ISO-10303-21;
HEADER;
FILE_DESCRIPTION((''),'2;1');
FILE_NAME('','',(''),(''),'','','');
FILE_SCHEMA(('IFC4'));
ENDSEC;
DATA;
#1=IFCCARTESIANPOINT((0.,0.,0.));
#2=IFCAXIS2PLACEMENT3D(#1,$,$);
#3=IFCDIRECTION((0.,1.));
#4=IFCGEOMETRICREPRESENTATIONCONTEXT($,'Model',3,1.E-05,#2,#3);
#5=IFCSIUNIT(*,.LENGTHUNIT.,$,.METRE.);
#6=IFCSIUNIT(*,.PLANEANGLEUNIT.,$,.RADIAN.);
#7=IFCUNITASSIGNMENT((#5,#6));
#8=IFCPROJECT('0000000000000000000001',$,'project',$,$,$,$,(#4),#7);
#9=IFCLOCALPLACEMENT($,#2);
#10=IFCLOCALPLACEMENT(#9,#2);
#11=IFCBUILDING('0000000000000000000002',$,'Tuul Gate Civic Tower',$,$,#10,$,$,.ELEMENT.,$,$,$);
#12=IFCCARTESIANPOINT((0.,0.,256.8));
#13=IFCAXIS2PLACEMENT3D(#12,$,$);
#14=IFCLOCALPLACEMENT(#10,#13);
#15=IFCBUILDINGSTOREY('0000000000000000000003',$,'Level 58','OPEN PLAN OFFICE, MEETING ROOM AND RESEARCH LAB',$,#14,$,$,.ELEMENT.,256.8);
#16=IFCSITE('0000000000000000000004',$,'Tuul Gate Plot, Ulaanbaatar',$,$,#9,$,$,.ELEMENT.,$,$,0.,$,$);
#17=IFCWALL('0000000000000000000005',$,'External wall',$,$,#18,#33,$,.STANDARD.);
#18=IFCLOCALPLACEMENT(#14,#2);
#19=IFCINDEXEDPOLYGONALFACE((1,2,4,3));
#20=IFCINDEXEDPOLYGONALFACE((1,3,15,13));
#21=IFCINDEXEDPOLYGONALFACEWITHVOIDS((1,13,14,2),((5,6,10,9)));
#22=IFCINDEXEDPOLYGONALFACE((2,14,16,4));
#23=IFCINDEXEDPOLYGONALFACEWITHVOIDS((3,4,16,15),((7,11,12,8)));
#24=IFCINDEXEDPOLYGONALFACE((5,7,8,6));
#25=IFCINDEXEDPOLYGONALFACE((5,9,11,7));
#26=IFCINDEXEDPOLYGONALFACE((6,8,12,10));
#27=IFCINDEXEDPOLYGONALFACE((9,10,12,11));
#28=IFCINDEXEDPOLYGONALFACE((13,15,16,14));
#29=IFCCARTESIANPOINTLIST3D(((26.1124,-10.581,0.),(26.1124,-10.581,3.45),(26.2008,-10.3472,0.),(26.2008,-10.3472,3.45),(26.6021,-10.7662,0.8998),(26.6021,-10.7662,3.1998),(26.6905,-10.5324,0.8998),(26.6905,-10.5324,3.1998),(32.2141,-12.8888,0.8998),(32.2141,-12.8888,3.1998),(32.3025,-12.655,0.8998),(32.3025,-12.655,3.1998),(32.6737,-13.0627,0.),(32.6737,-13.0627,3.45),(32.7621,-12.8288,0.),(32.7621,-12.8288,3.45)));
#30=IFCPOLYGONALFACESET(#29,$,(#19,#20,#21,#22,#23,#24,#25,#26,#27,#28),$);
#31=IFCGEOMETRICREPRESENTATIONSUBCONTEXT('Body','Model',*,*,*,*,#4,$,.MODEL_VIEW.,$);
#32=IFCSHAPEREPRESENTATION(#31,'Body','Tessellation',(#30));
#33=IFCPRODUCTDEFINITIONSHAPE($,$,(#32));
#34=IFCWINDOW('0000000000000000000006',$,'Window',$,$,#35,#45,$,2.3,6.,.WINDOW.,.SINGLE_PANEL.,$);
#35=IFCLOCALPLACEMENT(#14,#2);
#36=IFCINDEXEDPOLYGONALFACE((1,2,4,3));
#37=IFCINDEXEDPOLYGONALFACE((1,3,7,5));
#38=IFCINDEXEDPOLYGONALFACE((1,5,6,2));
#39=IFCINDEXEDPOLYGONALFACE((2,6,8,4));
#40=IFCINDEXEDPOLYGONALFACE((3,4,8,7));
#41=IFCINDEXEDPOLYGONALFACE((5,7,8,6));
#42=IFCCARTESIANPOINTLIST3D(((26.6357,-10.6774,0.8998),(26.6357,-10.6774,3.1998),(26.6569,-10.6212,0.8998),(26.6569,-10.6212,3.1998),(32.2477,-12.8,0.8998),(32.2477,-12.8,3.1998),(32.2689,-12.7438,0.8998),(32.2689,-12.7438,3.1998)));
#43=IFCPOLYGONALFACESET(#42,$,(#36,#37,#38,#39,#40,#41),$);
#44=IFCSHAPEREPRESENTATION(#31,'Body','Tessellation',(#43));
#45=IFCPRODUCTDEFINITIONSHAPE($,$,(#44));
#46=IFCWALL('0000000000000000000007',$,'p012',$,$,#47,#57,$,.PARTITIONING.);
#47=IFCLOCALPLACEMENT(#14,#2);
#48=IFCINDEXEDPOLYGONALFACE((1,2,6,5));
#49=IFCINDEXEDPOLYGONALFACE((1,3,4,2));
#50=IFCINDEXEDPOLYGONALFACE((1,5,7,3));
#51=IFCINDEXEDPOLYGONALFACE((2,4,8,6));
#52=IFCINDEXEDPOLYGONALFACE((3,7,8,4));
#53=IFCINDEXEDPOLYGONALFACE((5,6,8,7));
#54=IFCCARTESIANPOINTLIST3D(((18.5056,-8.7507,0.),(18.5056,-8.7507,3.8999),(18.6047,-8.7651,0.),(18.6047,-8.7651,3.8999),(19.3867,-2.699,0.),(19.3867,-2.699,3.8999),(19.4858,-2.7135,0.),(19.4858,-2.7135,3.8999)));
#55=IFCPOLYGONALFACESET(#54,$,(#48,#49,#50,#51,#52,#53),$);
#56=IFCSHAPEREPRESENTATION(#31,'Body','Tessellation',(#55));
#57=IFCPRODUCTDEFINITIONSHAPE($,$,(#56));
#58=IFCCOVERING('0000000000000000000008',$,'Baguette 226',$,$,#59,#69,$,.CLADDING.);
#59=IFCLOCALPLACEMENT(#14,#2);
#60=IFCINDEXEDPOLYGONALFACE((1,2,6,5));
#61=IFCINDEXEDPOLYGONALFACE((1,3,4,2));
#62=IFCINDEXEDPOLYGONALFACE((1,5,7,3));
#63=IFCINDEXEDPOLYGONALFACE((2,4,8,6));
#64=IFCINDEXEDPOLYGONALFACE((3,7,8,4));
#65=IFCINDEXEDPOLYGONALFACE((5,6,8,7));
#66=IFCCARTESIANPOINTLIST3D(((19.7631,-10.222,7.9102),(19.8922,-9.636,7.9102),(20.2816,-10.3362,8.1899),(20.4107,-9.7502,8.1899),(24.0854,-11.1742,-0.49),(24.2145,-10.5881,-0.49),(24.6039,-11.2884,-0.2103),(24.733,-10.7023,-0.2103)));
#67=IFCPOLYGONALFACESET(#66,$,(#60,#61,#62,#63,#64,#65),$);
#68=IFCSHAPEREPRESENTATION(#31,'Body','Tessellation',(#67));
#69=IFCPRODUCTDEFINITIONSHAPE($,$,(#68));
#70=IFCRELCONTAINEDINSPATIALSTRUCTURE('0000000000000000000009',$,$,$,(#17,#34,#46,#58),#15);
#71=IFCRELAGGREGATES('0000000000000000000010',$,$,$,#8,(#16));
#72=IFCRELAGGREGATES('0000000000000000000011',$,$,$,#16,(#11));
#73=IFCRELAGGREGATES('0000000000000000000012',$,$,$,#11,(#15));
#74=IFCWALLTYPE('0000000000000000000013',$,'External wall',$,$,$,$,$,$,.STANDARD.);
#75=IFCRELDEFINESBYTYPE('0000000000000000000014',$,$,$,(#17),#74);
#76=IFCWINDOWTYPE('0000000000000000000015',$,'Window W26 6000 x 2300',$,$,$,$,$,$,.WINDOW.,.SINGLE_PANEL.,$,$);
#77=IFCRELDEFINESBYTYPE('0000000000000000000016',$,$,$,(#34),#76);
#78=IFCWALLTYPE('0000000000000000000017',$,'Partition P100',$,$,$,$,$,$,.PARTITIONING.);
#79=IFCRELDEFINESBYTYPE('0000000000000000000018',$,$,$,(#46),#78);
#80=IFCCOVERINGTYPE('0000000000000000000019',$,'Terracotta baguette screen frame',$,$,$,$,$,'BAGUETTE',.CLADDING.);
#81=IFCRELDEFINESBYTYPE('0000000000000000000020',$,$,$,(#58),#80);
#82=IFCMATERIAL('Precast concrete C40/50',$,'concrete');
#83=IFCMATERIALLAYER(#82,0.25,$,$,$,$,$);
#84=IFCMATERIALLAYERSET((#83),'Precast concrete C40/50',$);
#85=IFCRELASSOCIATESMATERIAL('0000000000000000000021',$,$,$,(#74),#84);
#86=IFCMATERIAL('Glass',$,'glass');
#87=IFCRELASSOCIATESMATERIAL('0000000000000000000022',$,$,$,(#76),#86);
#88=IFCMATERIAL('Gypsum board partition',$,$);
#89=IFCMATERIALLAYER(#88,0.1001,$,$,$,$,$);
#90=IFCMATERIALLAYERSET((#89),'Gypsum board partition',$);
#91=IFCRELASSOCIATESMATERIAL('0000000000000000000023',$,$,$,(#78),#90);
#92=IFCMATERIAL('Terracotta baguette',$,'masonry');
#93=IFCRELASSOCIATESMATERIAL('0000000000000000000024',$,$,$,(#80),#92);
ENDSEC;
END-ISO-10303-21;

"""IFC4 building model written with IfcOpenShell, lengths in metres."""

from ifc_helpers import new_model, si_unit, direction, frame, frame_2d, origin, origin_2d, place, context, subcontext, project, spatial, rectangle, extrude, material, layer, layer_set, material_profile, profile_set, type_object, element, fill, save


model = new_model("IFC4")

# Units and contexts
model_context = context("Model", 3, precision=1e-05, world=origin(), true_north=direction((0.0, 1.0)))
body_context = subcontext(model_context, "Body", "Model", "MODEL_VIEW")
ifc_project = project(units=[si_unit("LENGTHUNIT", "METRE"), si_unit("PLANEANGLEUNIT", "RADIAN")], contexts=[model_context])

# Site, building, storey
site_placement = place(None, origin())
site = spatial("IfcSite", under=ifc_project, at=site_placement, Name="Tuul Gate Plot, Ulaanbaatar", CompositionType="ELEMENT", RefElevation=0.0)
building_placement = place(site_placement, origin())
building = spatial("IfcBuilding", under=site, at=building_placement, Name="Tuul Gate Civic Tower", CompositionType="ELEMENT")
storey_placement = place(building_placement, frame((0.0, 0.0, 256.8)))
storey = spatial("IfcBuildingStorey", under=building, at=storey_placement, Name="Level 58", Description="OPEN PLAN OFFICE, MEETING ROOM AND RESEARCH LAB", CompositionType="ELEMENT", Elevation=256.8)

# Wall, opening, window
ifc_material_1 = material(Name="Precast concrete C40/50", Category="concrete")
ifc_layer_1 = layer(ifc_material_1, 0.25)
ifc_layer_set_1 = layer_set([ifc_layer_1], Name="Precast concrete C40/50")
wall_type_1 = type_object("IfcWallType", Name="External wall", PredefinedType="STANDARD", material=ifc_layer_set_1)
ifc_material_2 = material(Name="Glass", Category="glass")
window_type = type_object("IfcWindowType", Name="Window W26 6000 x 2300", PartitioningType="SINGLE_PANEL", PredefinedType="WINDOW", material=ifc_material_2)
wall_1_placement = place(storey_placement, frame((26.1567, -10.4641, 0.0), z_axis=(0.0, 0.0, 1.0), x_axis=(0.935331, -0.353773, 0.0)))
wall_1 = element("IfcWall", 1, at=wall_1_placement, inside=storey, type_object=wall_type_1, Name="External wall", PredefinedType="STANDARD", context=body_context, shape_type="SweptSolid", body=[
    extrude(rectangle(XDim=7.0149, YDim=0.25, at=frame_2d((3.5073, 0.0))), origin(), (0.0, 0.0, 1.0), 3.45),
])
opening_1_placement = place(wall_1_placement, frame((0.5234, 0.0, 0.8999)))
opening_1 = element("IfcOpeningElement", 2, at=opening_1_placement, cuts=wall_1, PredefinedType="OPENING", context=body_context, shape_type="SweptSolid", body=[
    extrude(rectangle(XDim=6.0, YDim=2.3, at=frame_2d((3.0, 1.1499))), frame((0.0, 0.135, 0.0), z_axis=(0.0, -1.0, 0.0), x_axis=(1.0, 0.0, 0.0)), (0.0, 0.0, 1.0), 0.27),
])
window_1_placement = place(opening_1_placement, origin())
window_1 = element("IfcWindow", 3, at=window_1_placement, inside=storey, type_object=window_type, Name="Window", OverallHeight=2.3, OverallWidth=6.0, PartitioningType="SINGLE_PANEL", PredefinedType="WINDOW", context=body_context, shape_type="SweptSolid", body=[
    extrude(rectangle(XDim=6.0, YDim=2.3, at=frame_2d((3.0, 1.1499))), frame((0.0, 0.03, 0.0), z_axis=(0.0, -1.0, 0.0), x_axis=(1.0, 0.0, 0.0)), (0.0, 0.0, 1.0), 0.0601),
])
fill(opening_1, window_1)

# Wall
ifc_material_3 = material(Name="Gypsum board partition")
ifc_layer_2 = layer(ifc_material_3, 0.1001)
ifc_layer_set_2 = layer_set([ifc_layer_2], Name="Gypsum board partition")
wall_type_2 = type_object("IfcWallType", Name="Partition P100", PredefinedType="PARTITIONING", material=ifc_layer_set_2)
wall_2_placement = place(storey_placement, frame((18.5552, -8.7578, 0.0), z_axis=(0.0, 0.0, 1.0), x_axis=(0.144076, 0.989567, 0.0)))
element("IfcWall", 4, at=wall_2_placement, inside=storey, type_object=wall_type_2, Name="p012", PredefinedType="PARTITIONING", context=body_context, shape_type="SweptSolid", body=[
    extrude(rectangle(XDim=6.1155, YDim=0.1001, at=frame_2d((3.0576, 0.0))), origin(), (0.0, 0.0, 1.0), 3.8999),
])

# Covering
ifc_material_4 = material(Name="Terracotta baguette", Category="masonry")
ifc_material_profile_1 = material_profile(ifc_material_4, rectangle(XDim=0.6001, YDim=0.6001, at=origin_2d()), Name="Terracotta baguette screen frame")
ifc_profile_set_1 = profile_set([ifc_material_profile_1], Name="Terracotta baguette")
covering_type = type_object("IfcCoveringType", Name="Terracotta baguette screen frame", ElementType="BAGUETTE", PredefinedType="CLADDING", material=ifc_profile_set_1)
covering_placement = place(storey_placement, frame((20.0869, -9.9861, 8.05), z_axis=(0.455225, -0.100281, -0.884711), x_axis=(0.215131, 0.976585, 0.0)))
element("IfcCovering", 5, at=covering_placement, inside=storey, type_object=covering_type, Name="Baguette 226", PredefinedType="CLADDING", context=body_context, shape_type="SweptSolid", body=[
    extrude(rectangle(XDim=0.6001, YDim=0.6001, at=origin_2d()), origin(), (0.0, 0.0, 1.0), 9.4949),
])

save(model, "model.ifc")
